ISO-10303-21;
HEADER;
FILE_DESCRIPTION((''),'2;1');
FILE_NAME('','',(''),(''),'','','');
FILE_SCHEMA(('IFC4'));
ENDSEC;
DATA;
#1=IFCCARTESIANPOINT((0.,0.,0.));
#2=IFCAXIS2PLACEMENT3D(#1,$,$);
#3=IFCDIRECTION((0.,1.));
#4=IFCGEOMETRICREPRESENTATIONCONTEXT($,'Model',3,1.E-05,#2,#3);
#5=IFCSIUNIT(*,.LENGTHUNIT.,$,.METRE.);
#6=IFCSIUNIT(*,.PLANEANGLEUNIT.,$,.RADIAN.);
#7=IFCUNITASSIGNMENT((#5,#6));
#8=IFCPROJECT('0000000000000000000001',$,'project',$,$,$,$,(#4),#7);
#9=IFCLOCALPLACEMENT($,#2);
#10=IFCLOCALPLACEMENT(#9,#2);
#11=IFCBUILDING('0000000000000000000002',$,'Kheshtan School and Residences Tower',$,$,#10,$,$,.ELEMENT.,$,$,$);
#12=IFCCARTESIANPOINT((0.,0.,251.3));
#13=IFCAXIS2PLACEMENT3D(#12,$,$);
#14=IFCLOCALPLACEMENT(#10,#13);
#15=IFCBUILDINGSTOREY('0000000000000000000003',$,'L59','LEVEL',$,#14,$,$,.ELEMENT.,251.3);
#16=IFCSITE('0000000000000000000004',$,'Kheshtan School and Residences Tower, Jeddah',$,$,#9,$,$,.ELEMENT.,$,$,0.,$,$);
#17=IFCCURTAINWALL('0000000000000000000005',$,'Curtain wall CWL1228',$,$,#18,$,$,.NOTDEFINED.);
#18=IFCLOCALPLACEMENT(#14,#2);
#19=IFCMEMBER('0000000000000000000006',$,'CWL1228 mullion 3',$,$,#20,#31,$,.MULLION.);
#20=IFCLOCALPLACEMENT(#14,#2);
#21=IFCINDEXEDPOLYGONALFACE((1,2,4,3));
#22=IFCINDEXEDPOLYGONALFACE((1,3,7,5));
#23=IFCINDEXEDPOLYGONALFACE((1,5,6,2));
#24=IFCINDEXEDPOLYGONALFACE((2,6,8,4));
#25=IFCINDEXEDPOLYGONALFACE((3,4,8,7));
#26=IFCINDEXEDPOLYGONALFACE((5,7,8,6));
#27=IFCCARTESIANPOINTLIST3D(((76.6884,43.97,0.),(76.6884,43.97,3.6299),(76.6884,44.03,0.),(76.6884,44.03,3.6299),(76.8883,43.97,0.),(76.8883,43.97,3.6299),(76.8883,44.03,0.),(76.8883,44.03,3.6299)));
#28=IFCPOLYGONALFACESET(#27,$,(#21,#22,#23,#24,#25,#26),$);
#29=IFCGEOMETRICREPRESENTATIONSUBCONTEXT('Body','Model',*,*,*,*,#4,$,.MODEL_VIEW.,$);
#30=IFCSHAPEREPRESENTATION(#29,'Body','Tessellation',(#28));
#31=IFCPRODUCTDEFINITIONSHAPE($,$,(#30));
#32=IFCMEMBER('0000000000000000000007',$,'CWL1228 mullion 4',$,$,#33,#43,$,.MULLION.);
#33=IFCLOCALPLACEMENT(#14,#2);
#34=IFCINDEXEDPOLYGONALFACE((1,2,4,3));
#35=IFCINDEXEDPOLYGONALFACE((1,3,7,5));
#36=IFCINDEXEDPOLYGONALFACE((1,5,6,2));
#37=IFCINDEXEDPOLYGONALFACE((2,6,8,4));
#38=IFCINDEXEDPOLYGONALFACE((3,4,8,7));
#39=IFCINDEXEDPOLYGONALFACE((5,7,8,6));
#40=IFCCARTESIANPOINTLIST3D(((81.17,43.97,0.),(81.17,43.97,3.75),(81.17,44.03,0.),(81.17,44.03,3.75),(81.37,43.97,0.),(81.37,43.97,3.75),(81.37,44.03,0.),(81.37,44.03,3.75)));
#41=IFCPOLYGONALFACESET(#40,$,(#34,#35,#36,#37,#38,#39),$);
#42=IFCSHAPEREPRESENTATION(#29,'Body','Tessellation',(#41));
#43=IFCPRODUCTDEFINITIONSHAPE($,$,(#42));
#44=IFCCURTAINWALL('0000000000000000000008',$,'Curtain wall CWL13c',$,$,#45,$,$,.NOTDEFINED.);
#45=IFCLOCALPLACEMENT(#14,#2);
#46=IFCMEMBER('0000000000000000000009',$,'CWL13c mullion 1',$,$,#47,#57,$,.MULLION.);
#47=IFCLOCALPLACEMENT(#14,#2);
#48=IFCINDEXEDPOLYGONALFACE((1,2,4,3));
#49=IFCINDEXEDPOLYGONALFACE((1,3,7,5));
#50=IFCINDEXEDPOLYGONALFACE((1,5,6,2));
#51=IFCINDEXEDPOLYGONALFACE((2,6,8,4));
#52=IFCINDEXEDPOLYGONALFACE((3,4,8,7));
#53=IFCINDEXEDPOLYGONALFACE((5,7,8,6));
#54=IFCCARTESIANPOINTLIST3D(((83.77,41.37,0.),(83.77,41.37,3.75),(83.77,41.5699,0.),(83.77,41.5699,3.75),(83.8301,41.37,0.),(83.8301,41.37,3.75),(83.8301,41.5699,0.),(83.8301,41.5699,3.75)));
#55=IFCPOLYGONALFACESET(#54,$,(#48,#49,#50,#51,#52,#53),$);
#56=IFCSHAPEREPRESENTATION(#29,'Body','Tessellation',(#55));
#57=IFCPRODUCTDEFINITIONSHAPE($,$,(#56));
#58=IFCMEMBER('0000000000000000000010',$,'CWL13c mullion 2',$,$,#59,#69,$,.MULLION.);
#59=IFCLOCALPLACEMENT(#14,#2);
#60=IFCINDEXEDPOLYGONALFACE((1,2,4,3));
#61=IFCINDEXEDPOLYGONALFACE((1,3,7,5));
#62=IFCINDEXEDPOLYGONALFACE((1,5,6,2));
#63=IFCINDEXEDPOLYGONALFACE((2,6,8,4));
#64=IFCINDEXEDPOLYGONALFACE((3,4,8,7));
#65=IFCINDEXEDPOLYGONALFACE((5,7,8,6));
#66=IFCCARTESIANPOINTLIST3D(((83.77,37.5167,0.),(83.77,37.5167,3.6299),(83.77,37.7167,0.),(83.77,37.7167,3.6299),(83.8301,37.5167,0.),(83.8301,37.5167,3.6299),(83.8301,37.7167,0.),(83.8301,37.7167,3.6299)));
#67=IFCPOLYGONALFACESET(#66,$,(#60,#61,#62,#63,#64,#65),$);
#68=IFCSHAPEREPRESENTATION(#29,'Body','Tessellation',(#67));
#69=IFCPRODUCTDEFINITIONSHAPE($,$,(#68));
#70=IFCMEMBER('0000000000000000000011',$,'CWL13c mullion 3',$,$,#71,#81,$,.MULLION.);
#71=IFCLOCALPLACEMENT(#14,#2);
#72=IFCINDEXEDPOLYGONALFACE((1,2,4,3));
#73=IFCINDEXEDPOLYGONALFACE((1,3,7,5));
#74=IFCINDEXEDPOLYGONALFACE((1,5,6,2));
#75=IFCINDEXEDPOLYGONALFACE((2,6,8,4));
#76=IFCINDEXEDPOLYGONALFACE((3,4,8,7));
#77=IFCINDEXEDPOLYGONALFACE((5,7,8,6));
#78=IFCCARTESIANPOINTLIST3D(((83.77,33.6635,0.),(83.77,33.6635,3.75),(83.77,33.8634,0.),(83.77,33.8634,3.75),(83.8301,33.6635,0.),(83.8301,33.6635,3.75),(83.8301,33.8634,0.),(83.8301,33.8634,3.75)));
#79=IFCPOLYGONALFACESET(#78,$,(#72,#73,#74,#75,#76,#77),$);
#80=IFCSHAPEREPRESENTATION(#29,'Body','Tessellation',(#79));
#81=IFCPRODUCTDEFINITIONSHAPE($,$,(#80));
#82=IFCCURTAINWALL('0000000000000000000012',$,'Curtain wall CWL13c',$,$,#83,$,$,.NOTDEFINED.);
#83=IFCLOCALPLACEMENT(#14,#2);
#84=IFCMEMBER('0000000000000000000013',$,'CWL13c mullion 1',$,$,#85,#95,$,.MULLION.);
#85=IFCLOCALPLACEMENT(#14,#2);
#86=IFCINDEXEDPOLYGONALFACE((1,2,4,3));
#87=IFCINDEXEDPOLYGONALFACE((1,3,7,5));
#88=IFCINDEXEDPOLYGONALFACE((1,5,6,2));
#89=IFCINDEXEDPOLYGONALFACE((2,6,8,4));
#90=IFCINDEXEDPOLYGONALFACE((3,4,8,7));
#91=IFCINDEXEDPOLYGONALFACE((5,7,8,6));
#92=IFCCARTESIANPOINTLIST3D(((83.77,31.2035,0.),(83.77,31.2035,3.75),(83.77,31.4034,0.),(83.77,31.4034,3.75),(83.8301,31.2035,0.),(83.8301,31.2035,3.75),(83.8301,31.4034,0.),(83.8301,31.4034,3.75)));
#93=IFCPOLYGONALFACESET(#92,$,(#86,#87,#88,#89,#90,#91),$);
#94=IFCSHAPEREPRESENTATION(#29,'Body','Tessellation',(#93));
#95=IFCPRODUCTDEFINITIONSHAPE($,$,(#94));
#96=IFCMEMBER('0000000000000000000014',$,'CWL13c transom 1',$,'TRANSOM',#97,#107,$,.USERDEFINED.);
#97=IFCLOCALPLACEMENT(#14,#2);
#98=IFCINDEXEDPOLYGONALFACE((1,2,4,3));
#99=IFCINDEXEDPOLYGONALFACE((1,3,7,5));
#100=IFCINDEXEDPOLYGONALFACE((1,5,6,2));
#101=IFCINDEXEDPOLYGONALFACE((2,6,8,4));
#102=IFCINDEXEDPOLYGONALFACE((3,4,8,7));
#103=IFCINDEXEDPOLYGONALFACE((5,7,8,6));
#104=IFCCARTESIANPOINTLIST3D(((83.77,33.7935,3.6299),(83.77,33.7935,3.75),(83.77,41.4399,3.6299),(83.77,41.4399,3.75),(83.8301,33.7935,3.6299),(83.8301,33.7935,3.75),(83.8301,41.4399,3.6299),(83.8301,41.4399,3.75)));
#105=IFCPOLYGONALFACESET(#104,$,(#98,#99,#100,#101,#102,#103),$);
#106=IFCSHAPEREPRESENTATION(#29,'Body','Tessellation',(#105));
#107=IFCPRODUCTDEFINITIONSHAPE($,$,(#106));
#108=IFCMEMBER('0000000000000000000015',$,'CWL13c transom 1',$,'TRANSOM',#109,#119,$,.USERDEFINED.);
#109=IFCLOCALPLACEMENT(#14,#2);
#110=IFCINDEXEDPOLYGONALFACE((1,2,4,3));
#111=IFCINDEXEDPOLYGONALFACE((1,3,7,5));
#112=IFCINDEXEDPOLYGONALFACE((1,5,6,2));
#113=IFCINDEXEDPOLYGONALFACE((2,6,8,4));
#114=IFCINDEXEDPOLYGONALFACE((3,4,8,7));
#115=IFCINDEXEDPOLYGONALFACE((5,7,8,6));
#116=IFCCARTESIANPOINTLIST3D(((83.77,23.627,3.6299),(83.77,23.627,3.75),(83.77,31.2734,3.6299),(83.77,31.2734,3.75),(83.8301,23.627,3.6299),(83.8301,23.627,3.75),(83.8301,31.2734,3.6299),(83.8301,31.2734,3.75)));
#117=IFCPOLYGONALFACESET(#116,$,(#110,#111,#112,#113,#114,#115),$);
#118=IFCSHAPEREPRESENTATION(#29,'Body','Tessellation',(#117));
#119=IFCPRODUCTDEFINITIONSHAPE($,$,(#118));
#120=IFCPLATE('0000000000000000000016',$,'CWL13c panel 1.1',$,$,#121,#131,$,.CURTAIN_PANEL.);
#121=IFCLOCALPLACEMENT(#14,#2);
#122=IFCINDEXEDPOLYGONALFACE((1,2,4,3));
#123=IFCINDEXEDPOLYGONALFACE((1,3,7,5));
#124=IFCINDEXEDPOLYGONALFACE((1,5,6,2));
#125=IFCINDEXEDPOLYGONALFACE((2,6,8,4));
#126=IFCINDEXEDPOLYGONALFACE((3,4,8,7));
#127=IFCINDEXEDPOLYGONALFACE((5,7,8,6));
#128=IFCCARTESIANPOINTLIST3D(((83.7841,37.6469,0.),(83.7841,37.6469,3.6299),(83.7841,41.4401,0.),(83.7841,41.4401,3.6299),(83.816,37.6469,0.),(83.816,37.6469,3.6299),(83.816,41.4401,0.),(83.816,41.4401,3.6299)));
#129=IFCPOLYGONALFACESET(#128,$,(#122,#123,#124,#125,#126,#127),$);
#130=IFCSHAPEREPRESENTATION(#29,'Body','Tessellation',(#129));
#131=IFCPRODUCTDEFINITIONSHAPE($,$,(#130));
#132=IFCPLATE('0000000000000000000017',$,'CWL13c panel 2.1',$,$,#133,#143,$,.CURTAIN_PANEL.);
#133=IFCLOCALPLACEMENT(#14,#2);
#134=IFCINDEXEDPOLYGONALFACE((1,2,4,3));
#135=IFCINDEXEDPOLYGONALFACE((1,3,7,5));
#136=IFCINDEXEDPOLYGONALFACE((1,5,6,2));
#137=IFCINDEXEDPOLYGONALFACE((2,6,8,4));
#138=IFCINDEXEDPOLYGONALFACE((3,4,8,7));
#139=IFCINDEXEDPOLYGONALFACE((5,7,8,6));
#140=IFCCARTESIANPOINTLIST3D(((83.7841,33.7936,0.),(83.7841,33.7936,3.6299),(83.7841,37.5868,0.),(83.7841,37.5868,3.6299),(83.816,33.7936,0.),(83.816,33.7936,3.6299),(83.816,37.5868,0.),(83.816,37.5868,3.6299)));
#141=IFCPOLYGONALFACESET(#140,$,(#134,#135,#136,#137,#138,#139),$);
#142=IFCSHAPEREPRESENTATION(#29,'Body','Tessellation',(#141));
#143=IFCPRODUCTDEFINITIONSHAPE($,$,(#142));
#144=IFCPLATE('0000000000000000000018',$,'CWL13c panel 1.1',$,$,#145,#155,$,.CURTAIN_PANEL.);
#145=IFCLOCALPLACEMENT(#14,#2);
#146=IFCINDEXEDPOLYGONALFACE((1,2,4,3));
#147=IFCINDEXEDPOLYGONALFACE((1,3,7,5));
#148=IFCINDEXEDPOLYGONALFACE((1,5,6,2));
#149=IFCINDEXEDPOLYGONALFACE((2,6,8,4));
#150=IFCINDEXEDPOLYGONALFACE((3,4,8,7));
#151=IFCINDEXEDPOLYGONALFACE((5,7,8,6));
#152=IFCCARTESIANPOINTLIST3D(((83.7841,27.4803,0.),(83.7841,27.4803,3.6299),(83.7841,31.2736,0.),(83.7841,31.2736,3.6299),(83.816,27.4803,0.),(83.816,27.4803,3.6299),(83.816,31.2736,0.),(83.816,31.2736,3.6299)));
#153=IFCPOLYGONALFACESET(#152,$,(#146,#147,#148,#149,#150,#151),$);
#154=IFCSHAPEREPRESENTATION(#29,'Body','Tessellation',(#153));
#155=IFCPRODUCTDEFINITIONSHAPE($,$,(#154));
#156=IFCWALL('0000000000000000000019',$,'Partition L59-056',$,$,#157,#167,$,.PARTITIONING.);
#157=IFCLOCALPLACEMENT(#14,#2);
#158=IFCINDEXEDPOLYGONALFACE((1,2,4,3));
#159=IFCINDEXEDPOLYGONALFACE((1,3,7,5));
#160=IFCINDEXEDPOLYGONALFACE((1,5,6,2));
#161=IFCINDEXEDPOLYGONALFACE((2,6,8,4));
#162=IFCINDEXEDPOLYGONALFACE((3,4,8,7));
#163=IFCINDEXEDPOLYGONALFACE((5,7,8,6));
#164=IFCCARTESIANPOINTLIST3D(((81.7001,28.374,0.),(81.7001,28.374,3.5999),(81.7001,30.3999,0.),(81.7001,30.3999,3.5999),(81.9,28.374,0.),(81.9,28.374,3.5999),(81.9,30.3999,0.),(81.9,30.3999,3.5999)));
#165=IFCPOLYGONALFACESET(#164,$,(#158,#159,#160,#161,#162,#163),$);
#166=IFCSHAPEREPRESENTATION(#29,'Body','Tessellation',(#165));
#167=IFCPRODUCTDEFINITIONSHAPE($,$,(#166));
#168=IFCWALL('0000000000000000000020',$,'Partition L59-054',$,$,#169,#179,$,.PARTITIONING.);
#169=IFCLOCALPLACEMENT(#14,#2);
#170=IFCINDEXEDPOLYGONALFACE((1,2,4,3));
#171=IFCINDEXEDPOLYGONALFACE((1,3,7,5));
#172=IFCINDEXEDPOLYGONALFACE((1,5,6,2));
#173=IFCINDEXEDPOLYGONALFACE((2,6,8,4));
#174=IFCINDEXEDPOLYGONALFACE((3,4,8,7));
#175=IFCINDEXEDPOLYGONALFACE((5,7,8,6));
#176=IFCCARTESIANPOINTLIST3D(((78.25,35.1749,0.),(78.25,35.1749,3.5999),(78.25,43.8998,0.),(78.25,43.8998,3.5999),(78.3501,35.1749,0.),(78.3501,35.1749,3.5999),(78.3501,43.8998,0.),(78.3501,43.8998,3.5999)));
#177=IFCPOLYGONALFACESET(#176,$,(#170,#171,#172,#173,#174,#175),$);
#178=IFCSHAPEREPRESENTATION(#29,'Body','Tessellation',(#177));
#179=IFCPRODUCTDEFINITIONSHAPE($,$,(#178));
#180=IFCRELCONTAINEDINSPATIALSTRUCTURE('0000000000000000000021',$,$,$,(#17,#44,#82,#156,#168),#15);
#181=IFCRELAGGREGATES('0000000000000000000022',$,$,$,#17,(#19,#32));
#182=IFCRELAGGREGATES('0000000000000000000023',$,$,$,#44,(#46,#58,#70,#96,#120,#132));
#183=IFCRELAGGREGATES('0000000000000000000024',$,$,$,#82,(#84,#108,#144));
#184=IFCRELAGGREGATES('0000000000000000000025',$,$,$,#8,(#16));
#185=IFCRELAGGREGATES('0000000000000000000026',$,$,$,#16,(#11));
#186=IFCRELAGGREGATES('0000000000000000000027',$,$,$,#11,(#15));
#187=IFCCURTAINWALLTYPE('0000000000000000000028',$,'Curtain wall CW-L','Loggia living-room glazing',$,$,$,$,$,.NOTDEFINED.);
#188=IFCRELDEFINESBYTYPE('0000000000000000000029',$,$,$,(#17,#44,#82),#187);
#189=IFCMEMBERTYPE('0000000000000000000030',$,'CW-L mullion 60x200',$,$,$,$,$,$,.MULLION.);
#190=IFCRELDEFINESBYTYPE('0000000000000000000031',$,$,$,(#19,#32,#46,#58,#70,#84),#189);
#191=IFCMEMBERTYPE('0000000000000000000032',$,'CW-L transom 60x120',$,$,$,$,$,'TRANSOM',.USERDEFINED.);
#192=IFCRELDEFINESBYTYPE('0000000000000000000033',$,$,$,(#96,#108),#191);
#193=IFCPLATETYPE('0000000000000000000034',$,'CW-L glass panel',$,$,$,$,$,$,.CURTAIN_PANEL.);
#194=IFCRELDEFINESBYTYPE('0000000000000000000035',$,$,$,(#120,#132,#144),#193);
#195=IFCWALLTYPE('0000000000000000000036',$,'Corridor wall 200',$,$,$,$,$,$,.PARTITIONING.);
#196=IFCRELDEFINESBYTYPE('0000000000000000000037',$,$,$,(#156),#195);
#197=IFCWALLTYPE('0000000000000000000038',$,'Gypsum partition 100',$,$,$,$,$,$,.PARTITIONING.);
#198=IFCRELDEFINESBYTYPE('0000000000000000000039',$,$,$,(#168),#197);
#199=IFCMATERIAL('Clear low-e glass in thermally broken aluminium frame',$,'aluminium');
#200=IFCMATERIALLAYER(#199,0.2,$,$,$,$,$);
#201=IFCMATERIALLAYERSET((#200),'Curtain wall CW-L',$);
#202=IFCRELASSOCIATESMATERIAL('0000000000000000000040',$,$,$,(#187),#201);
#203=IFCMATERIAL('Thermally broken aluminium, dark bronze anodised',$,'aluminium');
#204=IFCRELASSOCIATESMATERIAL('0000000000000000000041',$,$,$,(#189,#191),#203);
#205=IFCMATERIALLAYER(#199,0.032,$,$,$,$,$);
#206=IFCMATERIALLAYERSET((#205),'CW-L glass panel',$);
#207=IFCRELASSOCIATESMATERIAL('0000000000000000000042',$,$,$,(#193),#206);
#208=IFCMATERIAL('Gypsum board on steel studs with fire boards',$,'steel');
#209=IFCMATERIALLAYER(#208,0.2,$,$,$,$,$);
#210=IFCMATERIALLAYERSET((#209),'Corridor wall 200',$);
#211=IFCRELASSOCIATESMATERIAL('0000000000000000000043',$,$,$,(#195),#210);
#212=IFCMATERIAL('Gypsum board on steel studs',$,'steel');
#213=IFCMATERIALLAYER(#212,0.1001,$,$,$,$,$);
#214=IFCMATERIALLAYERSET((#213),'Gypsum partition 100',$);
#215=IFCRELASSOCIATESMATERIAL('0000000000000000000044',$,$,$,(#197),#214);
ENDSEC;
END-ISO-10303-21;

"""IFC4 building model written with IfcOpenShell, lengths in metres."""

from ifc_helpers import new_model, si_unit, direction, frame, frame_2d, origin, origin_2d, place, context, subcontext, project, spatial, rectangle, extrude, material, layer, layer_set, material_profile, profile_set, type_object, element, aggregate, save


model = new_model("IFC4")

# Units and contexts
model_context = context("Model", 3, precision=1e-05, world=origin(), true_north=direction((0.0, 1.0)))
body_context = subcontext(model_context, "Body", "Model", "MODEL_VIEW")
ifc_project = project(units=[si_unit("LENGTHUNIT", "METRE"), si_unit("PLANEANGLEUNIT", "RADIAN")], contexts=[model_context])

# Site, building, storey
site_placement = place(None, origin())
site = spatial("IfcSite", under=ifc_project, at=site_placement, Name="Kheshtan School and Residences Tower, Jeddah", CompositionType="ELEMENT", RefElevation=0.0)
building_placement = place(site_placement, origin())
building = spatial("IfcBuilding", under=site, at=building_placement, Name="Kheshtan School and Residences Tower", CompositionType="ELEMENT")
storey_placement = place(building_placement, frame((0.0, 0.0, 251.3)))
storey = spatial("IfcBuildingStorey", under=building, at=storey_placement, Name="L59", Description="LEVEL", CompositionType="ELEMENT", Elevation=251.3)

# Curtain walls, members
ifc_material_1 = material(Name="Clear low-e glass in thermally broken aluminium frame", Category="aluminium")
ifc_layer_1 = layer(ifc_material_1, 0.2)
ifc_layer_set_1 = layer_set([ifc_layer_1], Name="Curtain wall CW-L")
curtain_wall_type = type_object("IfcCurtainWallType", Name="Curtain wall CW-L", Description="Loggia living-room glazing", PredefinedType="NOTDEFINED", material=ifc_layer_set_1)
curtain_wall_1_placement = place(storey_placement, origin())
curtain_wall_1 = element("IfcCurtainWall", 1, at=curtain_wall_1_placement, inside=storey, type_object=curtain_wall_type, Name="Curtain wall CWL1228", PredefinedType="NOTDEFINED")
ifc_material_2 = material(Name="Thermally broken aluminium, dark bronze anodised", Category="aluminium")
ifc_material_profile_1 = material_profile(ifc_material_2, rectangle(XDim=0.0601, YDim=0.2, at=origin_2d()), Name="CW-L mullion 60x200")
ifc_profile_set_1 = profile_set([ifc_material_profile_1], Name="Thermally broken aluminium, dark bronze anodised")
member_type_1 = type_object("IfcMemberType", Name="CW-L mullion 60x200", PredefinedType="MULLION", material=ifc_profile_set_1)
member_1_placement = place(storey_placement, frame((76.7883, 44.0, 0.0), z_axis=(0.0, 0.0, 1.0), x_axis=(0.0, 1.0, 0.0)))
member_1 = element("IfcMember", 2, at=member_1_placement, type_object=member_type_1, Name="CWL1228 mullion 3", PredefinedType="MULLION", context=body_context, shape_type="SweptSolid", body=[
    extrude(rectangle(XDim=0.0601, YDim=0.2, at=origin_2d()), origin(), (0.0, 0.0, 1.0), 3.6299),
])
member_2_placement = place(storey_placement, frame((81.27, 44.0, 0.0), z_axis=(0.0, 0.0, 1.0), x_axis=(0.0, 1.0, 0.0)))
member_2 = element("IfcMember", 3, at=member_2_placement, type_object=member_type_1, Name="CWL1228 mullion 4", PredefinedType="MULLION", context=body_context, shape_type="SweptSolid", body=[
    extrude(rectangle(XDim=0.0601, YDim=0.2, at=origin_2d()), origin(), (0.0, 0.0, 1.0), 3.75),
])
aggregate(curtain_wall_1, [member_1, member_2])
curtain_wall_2_placement = place(storey_placement, origin())
curtain_wall_2 = element("IfcCurtainWall", 4, at=curtain_wall_2_placement, inside=storey, type_object=curtain_wall_type, Name="Curtain wall CWL13c", PredefinedType="NOTDEFINED")
member_3_placement = place(storey_placement, frame((83.8, 41.47, 0.0), z_axis=(0.0, 0.0, 1.0), x_axis=(1.0, 0.0, 0.0)))
member_3 = element("IfcMember", 5, at=member_3_placement, type_object=member_type_1, Name="CWL13c mullion 1", PredefinedType="MULLION", context=body_context, shape_type="SweptSolid", body=[
    extrude(rectangle(XDim=0.0601, YDim=0.2, at=origin_2d()), origin(), (0.0, 0.0, 1.0), 3.75),
])
member_4_placement = place(storey_placement, frame((83.8, 37.6167, 0.0), z_axis=(0.0, 0.0, 1.0), x_axis=(1.0, 0.0, 0.0)))
member_4 = element("IfcMember", 6, at=member_4_placement, type_object=member_type_1, Name="CWL13c mullion 2", PredefinedType="MULLION", context=body_context, shape_type="SweptSolid", body=[
    extrude(rectangle(XDim=0.0601, YDim=0.2, at=origin_2d()), origin(), (0.0, 0.0, 1.0), 3.6299),
])
member_5_placement = place(storey_placement, frame((83.8, 33.7634, 0.0), z_axis=(0.0, 0.0, 1.0), x_axis=(1.0, 0.0, 0.0)))
member_5 = element("IfcMember", 7, at=member_5_placement, type_object=member_type_1, Name="CWL13c mullion 3", PredefinedType="MULLION", context=body_context, shape_type="SweptSolid", body=[
    extrude(rectangle(XDim=0.0601, YDim=0.2, at=origin_2d()), origin(), (0.0, 0.0, 1.0), 3.75),
])

# Curtain wall, member
curtain_wall_3_placement = place(storey_placement, origin())
curtain_wall_3 = element("IfcCurtainWall", 8, at=curtain_wall_3_placement, inside=storey, type_object=curtain_wall_type, Name="Curtain wall CWL13c", PredefinedType="NOTDEFINED")
member_6_placement = place(storey_placement, frame((83.8, 31.3035, 0.0), z_axis=(0.0, 0.0, 1.0), x_axis=(1.0, 0.0, 0.0)))
member_6 = element("IfcMember", 9, at=member_6_placement, type_object=member_type_1, Name="CWL13c mullion 1", PredefinedType="MULLION", context=body_context, shape_type="SweptSolid", body=[
    extrude(rectangle(XDim=0.0601, YDim=0.2, at=origin_2d()), origin(), (0.0, 0.0, 1.0), 3.75),
])

# Members
ifc_material_profile_2 = material_profile(ifc_material_2, rectangle(XDim=0.0601, YDim=0.1201, at=origin_2d()), Name="CW-L transom 60x120")
ifc_profile_set_2 = profile_set([ifc_material_profile_2], Name="Thermally broken aluminium, dark bronze anodised")
member_type_2 = type_object("IfcMemberType", Name="CW-L transom 60x120", ElementType="TRANSOM", PredefinedType="USERDEFINED", material=ifc_profile_set_2)
member_7_placement = place(storey_placement, frame((83.8, 41.4399, 3.6899), z_axis=(0.0, -1.0, 0.0), x_axis=(1.0, 0.0, 0.0)))
member_7 = element("IfcMember", 10, at=member_7_placement, type_object=member_type_2, Name="CWL13c transom 1", ObjectType="TRANSOM", PredefinedType="USERDEFINED", context=body_context, shape_type="SweptSolid", body=[
    extrude(rectangle(XDim=0.0601, YDim=0.1201, at=origin_2d()), origin(), (0.0, 0.0, 1.0), 7.6465),
])
member_8_placement = place(storey_placement, frame((83.8, 31.2734, 3.6899), z_axis=(0.0, -1.0, 0.0), x_axis=(1.0, 0.0, 0.0)))
member_8 = element("IfcMember", 11, at=member_8_placement, type_object=member_type_2, Name="CWL13c transom 1", ObjectType="TRANSOM", PredefinedType="USERDEFINED", context=body_context, shape_type="SweptSolid", body=[
    extrude(rectangle(XDim=0.0601, YDim=0.1201, at=origin_2d()), origin(), (0.0, 0.0, 1.0), 7.6465),
])

# Plates
ifc_layer_2 = layer(ifc_material_1, 0.032)
ifc_layer_set_2 = layer_set([ifc_layer_2], Name="CW-L glass panel")
plate_type = type_object("IfcPlateType", Name="CW-L glass panel", PredefinedType="CURTAIN_PANEL", material=ifc_layer_set_2)
plate_1_placement = place(storey_placement, frame((83.8, 39.5435, 0.0), z_axis=(0.0, 0.0, 1.0), x_axis=(0.0, -1.0, 0.0)))
plate_1 = element("IfcPlate", 12, at=plate_1_placement, type_object=plate_type, Name="CWL13c panel 1.1", PredefinedType="CURTAIN_PANEL", context=body_context, shape_type="SweptSolid", body=[
    extrude(rectangle(XDim=3.7932, YDim=0.032, at=origin_2d()), origin(), (0.0, 0.0, 1.0), 3.6299),
])
plate_2_placement = place(storey_placement, frame((83.8, 35.6902, 0.0), z_axis=(0.0, 0.0, 1.0), x_axis=(0.0, -1.0, 0.0)))
plate_2 = element("IfcPlate", 13, at=plate_2_placement, type_object=plate_type, Name="CWL13c panel 2.1", PredefinedType="CURTAIN_PANEL", context=body_context, shape_type="SweptSolid", body=[
    extrude(rectangle(XDim=3.7932, YDim=0.032, at=origin_2d()), origin(), (0.0, 0.0, 1.0), 3.6299),
])
aggregate(curtain_wall_2, [member_3, member_4, member_5, member_7, plate_1, plate_2])
plate_3_placement = place(storey_placement, frame((83.8, 29.377, 0.0), z_axis=(0.0, 0.0, 1.0), x_axis=(0.0, -1.0, 0.0)))
plate_3 = element("IfcPlate", 14, at=plate_3_placement, type_object=plate_type, Name="CWL13c panel 1.1", PredefinedType="CURTAIN_PANEL", context=body_context, shape_type="SweptSolid", body=[
    extrude(rectangle(XDim=3.7932, YDim=0.032, at=origin_2d()), origin(), (0.0, 0.0, 1.0), 3.6299),
])
aggregate(curtain_wall_3, [member_6, member_8, plate_3])

# Wall
ifc_material_3 = material(Name="Gypsum board on steel studs with fire boards", Category="steel")
ifc_layer_3 = layer(ifc_material_3, 0.2)
ifc_layer_set_3 = layer_set([ifc_layer_3], Name="Corridor wall 200")
wall_type_1 = type_object("IfcWallType", Name="Corridor wall 200", PredefinedType="PARTITIONING", material=ifc_layer_set_3)
wall_1_placement = place(storey_placement, frame((81.8, 28.374, 0.0), z_axis=(0.0, 0.0, 1.0), x_axis=(0.0, 1.0, 0.0)))
element("IfcWall", 15, at=wall_1_placement, inside=storey, type_object=wall_type_1, Name="Partition L59-056", PredefinedType="PARTITIONING", context=body_context, shape_type="SweptSolid", body=[
    extrude(rectangle(XDim=2.0259, YDim=0.2, at=frame_2d((1.0129, 0.0))), origin(), (0.0, 0.0, 1.0), 3.5999),
])

# Wall
ifc_material_4 = material(Name="Gypsum board on steel studs", Category="steel")
ifc_layer_4 = layer(ifc_material_4, 0.1001)
ifc_layer_set_4 = layer_set([ifc_layer_4], Name="Gypsum partition 100")
wall_type_2 = type_object("IfcWallType", Name="Gypsum partition 100", PredefinedType="PARTITIONING", material=ifc_layer_set_4)
wall_2_placement = place(storey_placement, frame((78.3, 35.175, 0.0), z_axis=(0.0, 0.0, 1.0), x_axis=(0.0, 1.0, 0.0)))
element("IfcWall", 16, at=wall_2_placement, inside=storey, type_object=wall_type_2, Name="Partition L59-054", PredefinedType="PARTITIONING", context=body_context, shape_type="SweptSolid", body=[
    extrude(rectangle(XDim=8.7249, YDim=0.1001, at=frame_2d((4.3623, 0.0))), origin(), (0.0, 0.0, 1.0), 3.5999),
])

save(model, "model.ifc")
